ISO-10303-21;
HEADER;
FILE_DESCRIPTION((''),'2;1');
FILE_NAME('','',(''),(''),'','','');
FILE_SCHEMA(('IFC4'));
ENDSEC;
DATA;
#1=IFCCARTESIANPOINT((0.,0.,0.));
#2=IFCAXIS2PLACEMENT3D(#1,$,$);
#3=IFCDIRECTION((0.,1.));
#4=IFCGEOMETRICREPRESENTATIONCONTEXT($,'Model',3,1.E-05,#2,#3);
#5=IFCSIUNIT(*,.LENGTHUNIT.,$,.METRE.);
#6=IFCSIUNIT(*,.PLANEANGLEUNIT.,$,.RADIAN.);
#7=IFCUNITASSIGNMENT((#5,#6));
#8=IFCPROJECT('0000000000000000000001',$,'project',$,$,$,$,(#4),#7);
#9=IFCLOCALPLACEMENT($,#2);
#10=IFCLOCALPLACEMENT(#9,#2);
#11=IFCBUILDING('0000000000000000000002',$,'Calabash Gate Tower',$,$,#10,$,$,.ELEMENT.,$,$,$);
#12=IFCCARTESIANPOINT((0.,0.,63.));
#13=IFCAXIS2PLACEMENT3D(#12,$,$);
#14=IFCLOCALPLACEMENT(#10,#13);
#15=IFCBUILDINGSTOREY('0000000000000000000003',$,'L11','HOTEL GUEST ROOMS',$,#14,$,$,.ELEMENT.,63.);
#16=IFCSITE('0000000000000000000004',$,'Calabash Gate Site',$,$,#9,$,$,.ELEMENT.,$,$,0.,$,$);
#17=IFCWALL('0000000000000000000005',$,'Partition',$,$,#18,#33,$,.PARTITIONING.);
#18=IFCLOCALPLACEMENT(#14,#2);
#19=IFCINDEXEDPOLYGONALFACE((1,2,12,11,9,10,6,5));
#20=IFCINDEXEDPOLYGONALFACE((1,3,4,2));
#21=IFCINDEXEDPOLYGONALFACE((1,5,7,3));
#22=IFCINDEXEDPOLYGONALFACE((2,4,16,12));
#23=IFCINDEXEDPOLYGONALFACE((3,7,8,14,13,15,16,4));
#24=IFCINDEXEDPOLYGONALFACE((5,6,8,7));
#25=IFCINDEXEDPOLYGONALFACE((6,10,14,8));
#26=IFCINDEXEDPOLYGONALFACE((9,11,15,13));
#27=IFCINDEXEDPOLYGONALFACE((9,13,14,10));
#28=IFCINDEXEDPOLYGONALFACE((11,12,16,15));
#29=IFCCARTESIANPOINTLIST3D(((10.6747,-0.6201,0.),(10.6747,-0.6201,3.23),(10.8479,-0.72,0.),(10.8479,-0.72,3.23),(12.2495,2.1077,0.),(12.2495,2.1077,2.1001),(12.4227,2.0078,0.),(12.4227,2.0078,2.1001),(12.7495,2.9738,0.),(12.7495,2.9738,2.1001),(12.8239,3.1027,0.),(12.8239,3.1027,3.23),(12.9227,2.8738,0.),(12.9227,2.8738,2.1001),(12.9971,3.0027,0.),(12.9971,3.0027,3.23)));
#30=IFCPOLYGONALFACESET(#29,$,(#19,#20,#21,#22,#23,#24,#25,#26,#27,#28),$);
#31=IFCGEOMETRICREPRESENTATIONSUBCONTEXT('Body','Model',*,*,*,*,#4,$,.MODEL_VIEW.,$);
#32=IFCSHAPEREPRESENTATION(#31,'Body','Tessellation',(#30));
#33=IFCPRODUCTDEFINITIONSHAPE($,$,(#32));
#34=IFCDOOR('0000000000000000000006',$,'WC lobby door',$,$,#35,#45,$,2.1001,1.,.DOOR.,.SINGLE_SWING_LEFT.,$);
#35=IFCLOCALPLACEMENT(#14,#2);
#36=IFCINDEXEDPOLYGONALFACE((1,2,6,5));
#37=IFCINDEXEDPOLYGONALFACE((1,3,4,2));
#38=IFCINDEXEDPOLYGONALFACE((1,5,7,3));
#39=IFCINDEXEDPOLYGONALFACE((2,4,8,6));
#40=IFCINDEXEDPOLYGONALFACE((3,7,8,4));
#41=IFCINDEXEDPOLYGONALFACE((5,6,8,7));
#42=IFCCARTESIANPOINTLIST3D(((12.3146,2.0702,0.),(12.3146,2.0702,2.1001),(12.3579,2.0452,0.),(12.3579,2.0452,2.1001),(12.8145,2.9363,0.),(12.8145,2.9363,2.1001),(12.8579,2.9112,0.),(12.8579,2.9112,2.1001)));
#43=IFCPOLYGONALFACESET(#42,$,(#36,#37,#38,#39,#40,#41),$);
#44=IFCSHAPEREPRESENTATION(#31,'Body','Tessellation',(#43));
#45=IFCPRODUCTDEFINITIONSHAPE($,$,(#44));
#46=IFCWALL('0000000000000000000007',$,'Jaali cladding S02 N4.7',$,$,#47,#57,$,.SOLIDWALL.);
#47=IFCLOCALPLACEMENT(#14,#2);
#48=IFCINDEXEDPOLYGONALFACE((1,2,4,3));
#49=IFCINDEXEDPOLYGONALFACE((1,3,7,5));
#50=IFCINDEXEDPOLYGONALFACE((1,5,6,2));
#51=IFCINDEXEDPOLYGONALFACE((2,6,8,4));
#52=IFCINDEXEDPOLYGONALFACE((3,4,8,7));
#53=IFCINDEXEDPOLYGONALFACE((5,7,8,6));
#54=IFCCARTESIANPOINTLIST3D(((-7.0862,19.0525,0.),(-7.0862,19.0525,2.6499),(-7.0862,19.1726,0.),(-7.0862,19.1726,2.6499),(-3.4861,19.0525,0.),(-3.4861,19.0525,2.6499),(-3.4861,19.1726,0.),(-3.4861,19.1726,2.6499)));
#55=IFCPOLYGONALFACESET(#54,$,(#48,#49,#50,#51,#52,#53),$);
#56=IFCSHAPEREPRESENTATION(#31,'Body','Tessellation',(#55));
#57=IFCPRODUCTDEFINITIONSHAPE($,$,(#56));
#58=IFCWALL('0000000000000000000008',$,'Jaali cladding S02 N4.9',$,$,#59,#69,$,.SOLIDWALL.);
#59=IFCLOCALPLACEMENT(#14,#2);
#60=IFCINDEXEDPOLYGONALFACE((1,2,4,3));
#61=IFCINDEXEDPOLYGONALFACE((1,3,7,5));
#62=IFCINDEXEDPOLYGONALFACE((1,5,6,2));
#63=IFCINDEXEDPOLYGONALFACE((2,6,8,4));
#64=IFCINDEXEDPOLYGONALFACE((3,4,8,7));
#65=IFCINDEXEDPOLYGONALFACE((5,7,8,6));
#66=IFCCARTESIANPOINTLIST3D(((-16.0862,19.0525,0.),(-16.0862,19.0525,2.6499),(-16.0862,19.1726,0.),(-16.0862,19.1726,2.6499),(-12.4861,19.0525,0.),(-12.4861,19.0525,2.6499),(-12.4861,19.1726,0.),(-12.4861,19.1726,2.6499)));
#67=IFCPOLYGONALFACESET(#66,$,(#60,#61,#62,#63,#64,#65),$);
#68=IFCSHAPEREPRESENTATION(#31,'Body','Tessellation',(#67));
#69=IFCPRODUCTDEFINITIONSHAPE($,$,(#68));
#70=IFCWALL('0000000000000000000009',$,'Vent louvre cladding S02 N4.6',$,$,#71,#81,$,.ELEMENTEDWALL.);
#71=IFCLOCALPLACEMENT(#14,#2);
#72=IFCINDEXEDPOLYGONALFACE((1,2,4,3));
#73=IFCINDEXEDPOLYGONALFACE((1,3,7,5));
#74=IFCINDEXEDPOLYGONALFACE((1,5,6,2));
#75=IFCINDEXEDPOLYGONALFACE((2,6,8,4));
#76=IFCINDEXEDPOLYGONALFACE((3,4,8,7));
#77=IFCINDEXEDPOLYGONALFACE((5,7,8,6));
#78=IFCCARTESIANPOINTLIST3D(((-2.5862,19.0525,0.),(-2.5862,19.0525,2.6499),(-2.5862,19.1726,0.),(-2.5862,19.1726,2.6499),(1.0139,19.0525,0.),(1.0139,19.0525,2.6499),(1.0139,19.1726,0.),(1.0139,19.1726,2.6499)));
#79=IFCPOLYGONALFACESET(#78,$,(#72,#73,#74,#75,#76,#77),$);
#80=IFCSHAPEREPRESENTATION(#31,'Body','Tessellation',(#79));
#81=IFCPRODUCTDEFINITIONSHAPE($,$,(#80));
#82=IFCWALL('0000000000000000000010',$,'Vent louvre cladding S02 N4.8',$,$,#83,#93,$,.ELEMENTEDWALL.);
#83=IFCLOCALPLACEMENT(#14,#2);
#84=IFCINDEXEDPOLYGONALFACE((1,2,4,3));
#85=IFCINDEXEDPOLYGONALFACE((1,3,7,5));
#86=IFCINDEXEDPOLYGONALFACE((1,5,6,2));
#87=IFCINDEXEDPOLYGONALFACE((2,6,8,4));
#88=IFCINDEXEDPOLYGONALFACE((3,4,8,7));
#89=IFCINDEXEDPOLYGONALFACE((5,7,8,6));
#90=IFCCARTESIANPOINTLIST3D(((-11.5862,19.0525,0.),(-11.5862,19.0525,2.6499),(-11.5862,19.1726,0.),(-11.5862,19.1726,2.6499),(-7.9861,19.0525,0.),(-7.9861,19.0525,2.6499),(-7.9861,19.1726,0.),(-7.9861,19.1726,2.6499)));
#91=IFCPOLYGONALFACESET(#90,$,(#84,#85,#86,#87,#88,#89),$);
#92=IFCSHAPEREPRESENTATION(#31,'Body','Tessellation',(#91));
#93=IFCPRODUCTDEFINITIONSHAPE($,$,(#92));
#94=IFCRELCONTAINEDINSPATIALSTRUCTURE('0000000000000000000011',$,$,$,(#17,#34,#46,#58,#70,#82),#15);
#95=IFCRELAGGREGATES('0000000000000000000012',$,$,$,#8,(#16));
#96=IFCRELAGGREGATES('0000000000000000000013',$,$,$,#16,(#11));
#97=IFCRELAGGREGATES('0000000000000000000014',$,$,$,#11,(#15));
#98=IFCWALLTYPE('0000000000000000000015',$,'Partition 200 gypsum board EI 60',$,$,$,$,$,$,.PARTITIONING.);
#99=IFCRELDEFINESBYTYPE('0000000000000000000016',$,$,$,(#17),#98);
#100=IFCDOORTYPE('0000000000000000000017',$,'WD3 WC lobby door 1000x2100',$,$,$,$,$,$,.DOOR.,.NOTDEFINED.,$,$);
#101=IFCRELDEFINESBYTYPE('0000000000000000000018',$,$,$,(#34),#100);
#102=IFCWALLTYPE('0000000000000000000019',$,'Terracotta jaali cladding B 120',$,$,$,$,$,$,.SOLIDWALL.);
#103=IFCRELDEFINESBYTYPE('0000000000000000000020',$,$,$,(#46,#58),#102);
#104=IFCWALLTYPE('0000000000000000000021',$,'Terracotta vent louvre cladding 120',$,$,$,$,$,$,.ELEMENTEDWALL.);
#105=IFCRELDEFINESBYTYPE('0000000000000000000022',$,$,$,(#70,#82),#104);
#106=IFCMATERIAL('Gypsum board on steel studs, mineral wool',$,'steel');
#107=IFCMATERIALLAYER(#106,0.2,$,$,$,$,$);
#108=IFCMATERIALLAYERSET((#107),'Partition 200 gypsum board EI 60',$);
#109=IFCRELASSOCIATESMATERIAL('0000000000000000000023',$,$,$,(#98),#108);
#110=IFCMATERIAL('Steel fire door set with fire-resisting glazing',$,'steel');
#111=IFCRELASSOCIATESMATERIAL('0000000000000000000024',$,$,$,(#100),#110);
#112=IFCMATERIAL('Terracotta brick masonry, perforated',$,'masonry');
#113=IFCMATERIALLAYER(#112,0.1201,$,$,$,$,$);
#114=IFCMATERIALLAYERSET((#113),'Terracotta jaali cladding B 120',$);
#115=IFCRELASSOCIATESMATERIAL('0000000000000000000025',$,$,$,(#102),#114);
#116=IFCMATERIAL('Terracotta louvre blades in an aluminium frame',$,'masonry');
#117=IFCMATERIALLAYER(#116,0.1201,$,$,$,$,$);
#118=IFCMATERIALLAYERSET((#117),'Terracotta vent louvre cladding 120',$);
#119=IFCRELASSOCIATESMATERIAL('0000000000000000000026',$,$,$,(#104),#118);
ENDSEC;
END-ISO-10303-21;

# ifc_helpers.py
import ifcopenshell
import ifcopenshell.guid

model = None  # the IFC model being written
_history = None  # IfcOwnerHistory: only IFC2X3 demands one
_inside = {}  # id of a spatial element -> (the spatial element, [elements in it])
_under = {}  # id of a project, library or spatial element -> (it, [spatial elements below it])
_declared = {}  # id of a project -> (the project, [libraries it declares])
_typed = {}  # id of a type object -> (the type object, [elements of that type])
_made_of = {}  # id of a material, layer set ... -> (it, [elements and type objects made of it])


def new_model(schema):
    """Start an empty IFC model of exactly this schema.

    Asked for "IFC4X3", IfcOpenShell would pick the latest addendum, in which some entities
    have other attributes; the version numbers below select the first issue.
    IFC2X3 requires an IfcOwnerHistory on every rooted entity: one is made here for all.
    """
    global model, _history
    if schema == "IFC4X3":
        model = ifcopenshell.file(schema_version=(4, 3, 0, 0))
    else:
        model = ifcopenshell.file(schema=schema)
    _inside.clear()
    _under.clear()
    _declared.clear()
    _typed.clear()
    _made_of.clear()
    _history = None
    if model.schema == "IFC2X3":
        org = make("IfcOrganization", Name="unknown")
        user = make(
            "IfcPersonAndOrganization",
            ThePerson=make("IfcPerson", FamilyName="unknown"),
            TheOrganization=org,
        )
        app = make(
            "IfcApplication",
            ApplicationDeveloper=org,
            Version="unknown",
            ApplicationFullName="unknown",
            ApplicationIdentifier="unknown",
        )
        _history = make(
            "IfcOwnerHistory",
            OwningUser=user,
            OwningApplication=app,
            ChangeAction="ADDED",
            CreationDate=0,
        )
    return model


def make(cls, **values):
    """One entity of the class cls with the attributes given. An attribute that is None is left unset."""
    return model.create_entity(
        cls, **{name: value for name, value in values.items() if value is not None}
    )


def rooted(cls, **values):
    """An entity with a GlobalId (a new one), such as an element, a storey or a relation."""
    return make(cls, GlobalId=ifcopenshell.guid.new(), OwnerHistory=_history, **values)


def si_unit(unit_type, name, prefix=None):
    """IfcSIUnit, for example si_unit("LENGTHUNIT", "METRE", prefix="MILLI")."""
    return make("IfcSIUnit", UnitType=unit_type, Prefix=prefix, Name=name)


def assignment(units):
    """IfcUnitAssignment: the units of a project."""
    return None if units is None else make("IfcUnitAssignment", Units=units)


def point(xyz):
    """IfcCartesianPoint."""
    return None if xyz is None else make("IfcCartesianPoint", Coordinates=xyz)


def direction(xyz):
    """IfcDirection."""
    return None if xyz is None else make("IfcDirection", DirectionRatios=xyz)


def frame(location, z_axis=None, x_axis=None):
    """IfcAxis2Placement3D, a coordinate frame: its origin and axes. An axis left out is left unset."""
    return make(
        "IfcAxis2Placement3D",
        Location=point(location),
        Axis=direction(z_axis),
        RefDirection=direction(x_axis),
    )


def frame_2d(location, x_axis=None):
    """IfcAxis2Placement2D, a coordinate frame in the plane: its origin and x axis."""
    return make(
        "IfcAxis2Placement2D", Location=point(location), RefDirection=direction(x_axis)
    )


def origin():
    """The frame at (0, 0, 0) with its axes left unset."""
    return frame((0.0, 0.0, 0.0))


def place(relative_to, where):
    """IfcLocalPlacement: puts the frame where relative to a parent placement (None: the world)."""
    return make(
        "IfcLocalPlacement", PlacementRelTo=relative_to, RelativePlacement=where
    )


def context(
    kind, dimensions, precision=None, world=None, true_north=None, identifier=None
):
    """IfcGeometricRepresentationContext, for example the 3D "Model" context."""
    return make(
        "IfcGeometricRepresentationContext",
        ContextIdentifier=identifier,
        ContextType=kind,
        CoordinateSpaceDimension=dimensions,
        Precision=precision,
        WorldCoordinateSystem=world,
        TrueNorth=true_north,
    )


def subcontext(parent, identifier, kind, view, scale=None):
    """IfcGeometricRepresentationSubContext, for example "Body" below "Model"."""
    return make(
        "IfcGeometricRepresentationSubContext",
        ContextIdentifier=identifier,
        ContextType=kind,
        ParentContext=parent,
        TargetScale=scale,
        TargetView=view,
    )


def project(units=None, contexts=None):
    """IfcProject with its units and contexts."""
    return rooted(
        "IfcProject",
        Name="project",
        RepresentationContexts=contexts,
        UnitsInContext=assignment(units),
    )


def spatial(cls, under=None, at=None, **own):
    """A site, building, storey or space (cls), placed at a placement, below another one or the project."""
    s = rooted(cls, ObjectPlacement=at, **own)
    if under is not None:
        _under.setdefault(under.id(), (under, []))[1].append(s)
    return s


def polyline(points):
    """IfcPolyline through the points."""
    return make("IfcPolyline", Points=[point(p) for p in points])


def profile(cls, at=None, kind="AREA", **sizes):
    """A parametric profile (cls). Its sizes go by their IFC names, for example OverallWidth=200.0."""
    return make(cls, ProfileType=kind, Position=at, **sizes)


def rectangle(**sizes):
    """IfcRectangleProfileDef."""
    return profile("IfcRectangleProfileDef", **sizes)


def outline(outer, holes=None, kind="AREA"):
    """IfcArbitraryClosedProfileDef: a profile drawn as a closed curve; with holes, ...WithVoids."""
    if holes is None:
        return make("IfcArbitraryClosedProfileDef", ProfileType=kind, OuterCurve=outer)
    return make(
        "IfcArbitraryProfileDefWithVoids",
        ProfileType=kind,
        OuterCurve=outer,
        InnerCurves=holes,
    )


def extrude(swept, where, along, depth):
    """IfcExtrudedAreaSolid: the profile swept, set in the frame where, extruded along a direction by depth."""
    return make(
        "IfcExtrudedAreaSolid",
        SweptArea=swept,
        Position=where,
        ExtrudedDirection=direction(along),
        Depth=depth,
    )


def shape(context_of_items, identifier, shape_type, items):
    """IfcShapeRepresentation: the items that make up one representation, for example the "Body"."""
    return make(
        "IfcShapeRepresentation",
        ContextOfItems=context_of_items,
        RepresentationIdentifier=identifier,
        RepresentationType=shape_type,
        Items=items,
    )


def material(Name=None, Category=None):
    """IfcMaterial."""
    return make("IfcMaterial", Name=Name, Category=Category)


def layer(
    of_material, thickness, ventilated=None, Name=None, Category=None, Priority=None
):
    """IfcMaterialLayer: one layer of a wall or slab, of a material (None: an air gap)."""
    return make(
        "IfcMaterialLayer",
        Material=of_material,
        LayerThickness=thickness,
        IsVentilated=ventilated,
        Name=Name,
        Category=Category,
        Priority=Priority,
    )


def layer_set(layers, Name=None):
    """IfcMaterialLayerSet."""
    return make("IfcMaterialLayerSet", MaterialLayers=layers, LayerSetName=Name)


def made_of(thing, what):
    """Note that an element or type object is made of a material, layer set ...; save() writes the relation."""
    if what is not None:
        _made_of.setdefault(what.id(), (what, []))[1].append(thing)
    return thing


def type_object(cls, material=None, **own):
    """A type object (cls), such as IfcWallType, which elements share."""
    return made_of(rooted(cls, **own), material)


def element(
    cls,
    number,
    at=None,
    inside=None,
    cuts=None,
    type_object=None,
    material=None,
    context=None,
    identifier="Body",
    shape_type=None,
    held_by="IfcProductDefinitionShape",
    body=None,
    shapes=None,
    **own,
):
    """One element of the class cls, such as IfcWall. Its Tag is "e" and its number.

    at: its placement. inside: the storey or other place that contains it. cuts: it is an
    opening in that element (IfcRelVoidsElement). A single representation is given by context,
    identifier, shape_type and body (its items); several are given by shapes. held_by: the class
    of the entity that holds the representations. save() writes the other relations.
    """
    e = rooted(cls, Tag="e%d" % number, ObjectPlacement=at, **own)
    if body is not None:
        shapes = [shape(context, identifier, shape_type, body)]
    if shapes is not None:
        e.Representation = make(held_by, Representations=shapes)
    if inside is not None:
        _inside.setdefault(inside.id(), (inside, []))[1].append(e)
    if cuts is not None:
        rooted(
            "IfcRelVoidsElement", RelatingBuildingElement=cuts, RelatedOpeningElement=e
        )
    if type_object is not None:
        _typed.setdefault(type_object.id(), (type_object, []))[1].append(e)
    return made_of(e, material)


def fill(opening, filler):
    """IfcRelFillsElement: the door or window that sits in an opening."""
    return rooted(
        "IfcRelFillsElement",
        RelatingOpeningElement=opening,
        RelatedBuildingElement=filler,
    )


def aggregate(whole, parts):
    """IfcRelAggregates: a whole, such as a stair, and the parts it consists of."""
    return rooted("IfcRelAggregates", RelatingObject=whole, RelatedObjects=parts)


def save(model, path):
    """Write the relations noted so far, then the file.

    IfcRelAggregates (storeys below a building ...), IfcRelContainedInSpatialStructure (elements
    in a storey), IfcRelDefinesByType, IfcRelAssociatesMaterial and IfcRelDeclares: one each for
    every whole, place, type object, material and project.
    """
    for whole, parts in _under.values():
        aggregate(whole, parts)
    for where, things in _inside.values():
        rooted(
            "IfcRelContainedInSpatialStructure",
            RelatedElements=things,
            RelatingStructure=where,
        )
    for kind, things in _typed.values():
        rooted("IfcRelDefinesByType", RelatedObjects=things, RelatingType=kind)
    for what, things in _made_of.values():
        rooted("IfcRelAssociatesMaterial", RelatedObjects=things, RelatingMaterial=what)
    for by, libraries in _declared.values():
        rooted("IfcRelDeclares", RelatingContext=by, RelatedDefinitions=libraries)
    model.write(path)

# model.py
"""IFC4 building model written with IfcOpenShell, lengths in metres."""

from ifc_helpers import new_model, si_unit, direction, frame, frame_2d, origin, place, context, subcontext, project, spatial, polyline, rectangle, outline, extrude, material, layer, layer_set, type_object, element, fill, save


model = new_model("IFC4")

# Units and contexts
model_context = context("Model", 3, precision=1e-05, world=origin(), true_north=direction((0.0, 1.0)))
body_context = subcontext(model_context, "Body", "Model", "MODEL_VIEW")
ifc_project = project(units=[si_unit("LENGTHUNIT", "METRE"), si_unit("PLANEANGLEUNIT", "RADIAN")], contexts=[model_context])

# Site, building, storey
site_placement = place(None, origin())
site = spatial("IfcSite", under=ifc_project, at=site_placement, Name="Calabash Gate Site", CompositionType="ELEMENT", RefElevation=0.0)
building_placement = place(site_placement, origin())
building = spatial("IfcBuilding", under=site, at=building_placement, Name="Calabash Gate Tower", CompositionType="ELEMENT")
storey_placement = place(building_placement, frame((0.0, 0.0, 63.0)))
storey = spatial("IfcBuildingStorey", under=building, at=storey_placement, Name="L11", Description="HOTEL GUEST ROOMS", CompositionType="ELEMENT", Elevation=63.0)

# Shared definitions
ifc_material_1 = material(Name="Gypsum board on steel studs, mineral wool", Category="steel")
ifc_layer_1 = layer(ifc_material_1, 0.2)
ifc_layer_set_1 = layer_set([ifc_layer_1], Name="Partition 200 gypsum board EI 60")
wall_type_1 = type_object("IfcWallType", Name="Partition 200 gypsum board EI 60", PredefinedType="PARTITIONING", material=ifc_layer_set_1)

# Wall, opening, door
wall_1_placement = place(storey_placement, frame((10.7612, -0.6702, 0.0), z_axis=(0.0, 0.0, 1.0), x_axis=(0.499981, 0.866036, 0.0)))
wall_1 = element("IfcWall", 1, at=wall_1_placement, inside=storey, type_object=wall_type_1, Name="Partition", PredefinedType="PARTITIONING", context=body_context, shape_type="SweptSolid", body=[
    extrude(rectangle(XDim=4.2986, YDim=0.2, at=frame_2d((2.1494, 0.0))), origin(), (0.0, 0.0, 1.0), 3.23),
])
opening_1_placement = place(wall_1_placement, frame((3.1499, 0.0, 0.0)))
opening_1 = element("IfcOpeningElement", 2, at=opening_1_placement, cuts=wall_1, PredefinedType="OPENING", context=body_context, shape_type="SweptSolid", body=[
    extrude(rectangle(XDim=1.0, YDim=2.1001, at=frame_2d((0.5, 1.05))), frame((0.0, 0.1099, 0.0), z_axis=(0.0, -1.0, 0.0), x_axis=(1.0, 0.0, 0.0)), (0.0, 0.0, 1.0), 0.22),
])
ifc_material_2 = material(Name="Steel fire door set with fire-resisting glazing", Category="steel")
door_type_1 = type_object("IfcDoorType", Name="WD3 WC lobby door 1000x2100", OperationType="NOTDEFINED", PredefinedType="DOOR", material=ifc_material_2)
door_1_placement = place(opening_1_placement, origin())
door_1 = element("IfcDoor", 3, at=door_1_placement, inside=storey, type_object=door_type_1, Name="WC lobby door", OperationType="SINGLE_SWING_LEFT", OverallHeight=2.1001, OverallWidth=1.0, PredefinedType="DOOR", context=body_context, shape_type="SweptSolid", body=[
    extrude(rectangle(XDim=1.0, YDim=2.1001, at=frame_2d((0.5, 1.05))), frame((0.0, 0.0249, 0.0), z_axis=(0.0, -1.0, 0.0), x_axis=(1.0, 0.0, 0.0)), (0.0, 0.0, 1.0), 0.05),
])
fill(opening_1, door_1)

# Walls
ifc_material_3 = material(Name="Terracotta brick masonry, perforated", Category="masonry")
ifc_layer_2 = layer(ifc_material_3, 0.1201)
ifc_layer_set_2 = layer_set([ifc_layer_2], Name="Terracotta jaali cladding B 120")
wall_type_2 = type_object("IfcWallType", Name="Terracotta jaali cladding B 120", PredefinedType="SOLIDWALL", material=ifc_layer_set_2)
wall_2_placement = place(storey_placement, origin())
element("IfcWall", 4, at=wall_2_placement, inside=storey, type_object=wall_type_2, Name="Jaali cladding S02 N4.7", PredefinedType="SOLIDWALL", context=body_context, shape_type="SweptSolid", body=[
    extrude(outline(polyline([(-7.0862, 19.1726), (-7.0862, 19.0525), (-3.4861, 19.0525), (-3.4861, 19.1726), (-7.0862, 19.1726)])), origin(), (0.0, 0.0, 1.0), 2.6499),
])
wall_3_placement = place(storey_placement, origin())
element("IfcWall", 5, at=wall_3_placement, inside=storey, type_object=wall_type_2, Name="Jaali cladding S02 N4.9", PredefinedType="SOLIDWALL", context=body_context, shape_type="SweptSolid", body=[
    extrude(outline(polyline([(-16.0862, 19.1726), (-16.0862, 19.0525), (-12.4861, 19.0525), (-12.4861, 19.1726), (-16.0862, 19.1726)])), origin(), (0.0, 0.0, 1.0), 2.6499),
])
ifc_material_4 = material(Name="Terracotta louvre blades in an aluminium frame", Category="masonry")
ifc_layer_3 = layer(ifc_material_4, 0.1201)
ifc_layer_set_3 = layer_set([ifc_layer_3], Name="Terracotta vent louvre cladding 120")
wall_type_3 = type_object("IfcWallType", Name="Terracotta vent louvre cladding 120", PredefinedType="ELEMENTEDWALL", material=ifc_layer_set_3)
wall_4_placement = place(storey_placement, origin())
element("IfcWall", 6, at=wall_4_placement, inside=storey, type_object=wall_type_3, Name="Vent louvre cladding S02 N4.6", PredefinedType="ELEMENTEDWALL", context=body_context, shape_type="SweptSolid", body=[
    extrude(outline(polyline([(-2.5862, 19.1726), (-2.5862, 19.0525), (1.0139, 19.0525), (1.0139, 19.1726), (-2.5862, 19.1726)])), origin(), (0.0, 0.0, 1.0), 2.6499),
])
wall_5_placement = place(storey_placement, origin())
element("IfcWall", 7, at=wall_5_placement, inside=storey, type_object=wall_type_3, Name="Vent louvre cladding S02 N4.8", PredefinedType="ELEMENTEDWALL", context=body_context, shape_type="SweptSolid", body=[
    extrude(outline(polyline([(-11.5862, 19.1726), (-11.5862, 19.0525), (-7.9861, 19.0525), (-7.9861, 19.1726), (-11.5862, 19.1726)])), origin(), (0.0, 0.0, 1.0), 2.6499),
])

save(model, "model.ifc")
